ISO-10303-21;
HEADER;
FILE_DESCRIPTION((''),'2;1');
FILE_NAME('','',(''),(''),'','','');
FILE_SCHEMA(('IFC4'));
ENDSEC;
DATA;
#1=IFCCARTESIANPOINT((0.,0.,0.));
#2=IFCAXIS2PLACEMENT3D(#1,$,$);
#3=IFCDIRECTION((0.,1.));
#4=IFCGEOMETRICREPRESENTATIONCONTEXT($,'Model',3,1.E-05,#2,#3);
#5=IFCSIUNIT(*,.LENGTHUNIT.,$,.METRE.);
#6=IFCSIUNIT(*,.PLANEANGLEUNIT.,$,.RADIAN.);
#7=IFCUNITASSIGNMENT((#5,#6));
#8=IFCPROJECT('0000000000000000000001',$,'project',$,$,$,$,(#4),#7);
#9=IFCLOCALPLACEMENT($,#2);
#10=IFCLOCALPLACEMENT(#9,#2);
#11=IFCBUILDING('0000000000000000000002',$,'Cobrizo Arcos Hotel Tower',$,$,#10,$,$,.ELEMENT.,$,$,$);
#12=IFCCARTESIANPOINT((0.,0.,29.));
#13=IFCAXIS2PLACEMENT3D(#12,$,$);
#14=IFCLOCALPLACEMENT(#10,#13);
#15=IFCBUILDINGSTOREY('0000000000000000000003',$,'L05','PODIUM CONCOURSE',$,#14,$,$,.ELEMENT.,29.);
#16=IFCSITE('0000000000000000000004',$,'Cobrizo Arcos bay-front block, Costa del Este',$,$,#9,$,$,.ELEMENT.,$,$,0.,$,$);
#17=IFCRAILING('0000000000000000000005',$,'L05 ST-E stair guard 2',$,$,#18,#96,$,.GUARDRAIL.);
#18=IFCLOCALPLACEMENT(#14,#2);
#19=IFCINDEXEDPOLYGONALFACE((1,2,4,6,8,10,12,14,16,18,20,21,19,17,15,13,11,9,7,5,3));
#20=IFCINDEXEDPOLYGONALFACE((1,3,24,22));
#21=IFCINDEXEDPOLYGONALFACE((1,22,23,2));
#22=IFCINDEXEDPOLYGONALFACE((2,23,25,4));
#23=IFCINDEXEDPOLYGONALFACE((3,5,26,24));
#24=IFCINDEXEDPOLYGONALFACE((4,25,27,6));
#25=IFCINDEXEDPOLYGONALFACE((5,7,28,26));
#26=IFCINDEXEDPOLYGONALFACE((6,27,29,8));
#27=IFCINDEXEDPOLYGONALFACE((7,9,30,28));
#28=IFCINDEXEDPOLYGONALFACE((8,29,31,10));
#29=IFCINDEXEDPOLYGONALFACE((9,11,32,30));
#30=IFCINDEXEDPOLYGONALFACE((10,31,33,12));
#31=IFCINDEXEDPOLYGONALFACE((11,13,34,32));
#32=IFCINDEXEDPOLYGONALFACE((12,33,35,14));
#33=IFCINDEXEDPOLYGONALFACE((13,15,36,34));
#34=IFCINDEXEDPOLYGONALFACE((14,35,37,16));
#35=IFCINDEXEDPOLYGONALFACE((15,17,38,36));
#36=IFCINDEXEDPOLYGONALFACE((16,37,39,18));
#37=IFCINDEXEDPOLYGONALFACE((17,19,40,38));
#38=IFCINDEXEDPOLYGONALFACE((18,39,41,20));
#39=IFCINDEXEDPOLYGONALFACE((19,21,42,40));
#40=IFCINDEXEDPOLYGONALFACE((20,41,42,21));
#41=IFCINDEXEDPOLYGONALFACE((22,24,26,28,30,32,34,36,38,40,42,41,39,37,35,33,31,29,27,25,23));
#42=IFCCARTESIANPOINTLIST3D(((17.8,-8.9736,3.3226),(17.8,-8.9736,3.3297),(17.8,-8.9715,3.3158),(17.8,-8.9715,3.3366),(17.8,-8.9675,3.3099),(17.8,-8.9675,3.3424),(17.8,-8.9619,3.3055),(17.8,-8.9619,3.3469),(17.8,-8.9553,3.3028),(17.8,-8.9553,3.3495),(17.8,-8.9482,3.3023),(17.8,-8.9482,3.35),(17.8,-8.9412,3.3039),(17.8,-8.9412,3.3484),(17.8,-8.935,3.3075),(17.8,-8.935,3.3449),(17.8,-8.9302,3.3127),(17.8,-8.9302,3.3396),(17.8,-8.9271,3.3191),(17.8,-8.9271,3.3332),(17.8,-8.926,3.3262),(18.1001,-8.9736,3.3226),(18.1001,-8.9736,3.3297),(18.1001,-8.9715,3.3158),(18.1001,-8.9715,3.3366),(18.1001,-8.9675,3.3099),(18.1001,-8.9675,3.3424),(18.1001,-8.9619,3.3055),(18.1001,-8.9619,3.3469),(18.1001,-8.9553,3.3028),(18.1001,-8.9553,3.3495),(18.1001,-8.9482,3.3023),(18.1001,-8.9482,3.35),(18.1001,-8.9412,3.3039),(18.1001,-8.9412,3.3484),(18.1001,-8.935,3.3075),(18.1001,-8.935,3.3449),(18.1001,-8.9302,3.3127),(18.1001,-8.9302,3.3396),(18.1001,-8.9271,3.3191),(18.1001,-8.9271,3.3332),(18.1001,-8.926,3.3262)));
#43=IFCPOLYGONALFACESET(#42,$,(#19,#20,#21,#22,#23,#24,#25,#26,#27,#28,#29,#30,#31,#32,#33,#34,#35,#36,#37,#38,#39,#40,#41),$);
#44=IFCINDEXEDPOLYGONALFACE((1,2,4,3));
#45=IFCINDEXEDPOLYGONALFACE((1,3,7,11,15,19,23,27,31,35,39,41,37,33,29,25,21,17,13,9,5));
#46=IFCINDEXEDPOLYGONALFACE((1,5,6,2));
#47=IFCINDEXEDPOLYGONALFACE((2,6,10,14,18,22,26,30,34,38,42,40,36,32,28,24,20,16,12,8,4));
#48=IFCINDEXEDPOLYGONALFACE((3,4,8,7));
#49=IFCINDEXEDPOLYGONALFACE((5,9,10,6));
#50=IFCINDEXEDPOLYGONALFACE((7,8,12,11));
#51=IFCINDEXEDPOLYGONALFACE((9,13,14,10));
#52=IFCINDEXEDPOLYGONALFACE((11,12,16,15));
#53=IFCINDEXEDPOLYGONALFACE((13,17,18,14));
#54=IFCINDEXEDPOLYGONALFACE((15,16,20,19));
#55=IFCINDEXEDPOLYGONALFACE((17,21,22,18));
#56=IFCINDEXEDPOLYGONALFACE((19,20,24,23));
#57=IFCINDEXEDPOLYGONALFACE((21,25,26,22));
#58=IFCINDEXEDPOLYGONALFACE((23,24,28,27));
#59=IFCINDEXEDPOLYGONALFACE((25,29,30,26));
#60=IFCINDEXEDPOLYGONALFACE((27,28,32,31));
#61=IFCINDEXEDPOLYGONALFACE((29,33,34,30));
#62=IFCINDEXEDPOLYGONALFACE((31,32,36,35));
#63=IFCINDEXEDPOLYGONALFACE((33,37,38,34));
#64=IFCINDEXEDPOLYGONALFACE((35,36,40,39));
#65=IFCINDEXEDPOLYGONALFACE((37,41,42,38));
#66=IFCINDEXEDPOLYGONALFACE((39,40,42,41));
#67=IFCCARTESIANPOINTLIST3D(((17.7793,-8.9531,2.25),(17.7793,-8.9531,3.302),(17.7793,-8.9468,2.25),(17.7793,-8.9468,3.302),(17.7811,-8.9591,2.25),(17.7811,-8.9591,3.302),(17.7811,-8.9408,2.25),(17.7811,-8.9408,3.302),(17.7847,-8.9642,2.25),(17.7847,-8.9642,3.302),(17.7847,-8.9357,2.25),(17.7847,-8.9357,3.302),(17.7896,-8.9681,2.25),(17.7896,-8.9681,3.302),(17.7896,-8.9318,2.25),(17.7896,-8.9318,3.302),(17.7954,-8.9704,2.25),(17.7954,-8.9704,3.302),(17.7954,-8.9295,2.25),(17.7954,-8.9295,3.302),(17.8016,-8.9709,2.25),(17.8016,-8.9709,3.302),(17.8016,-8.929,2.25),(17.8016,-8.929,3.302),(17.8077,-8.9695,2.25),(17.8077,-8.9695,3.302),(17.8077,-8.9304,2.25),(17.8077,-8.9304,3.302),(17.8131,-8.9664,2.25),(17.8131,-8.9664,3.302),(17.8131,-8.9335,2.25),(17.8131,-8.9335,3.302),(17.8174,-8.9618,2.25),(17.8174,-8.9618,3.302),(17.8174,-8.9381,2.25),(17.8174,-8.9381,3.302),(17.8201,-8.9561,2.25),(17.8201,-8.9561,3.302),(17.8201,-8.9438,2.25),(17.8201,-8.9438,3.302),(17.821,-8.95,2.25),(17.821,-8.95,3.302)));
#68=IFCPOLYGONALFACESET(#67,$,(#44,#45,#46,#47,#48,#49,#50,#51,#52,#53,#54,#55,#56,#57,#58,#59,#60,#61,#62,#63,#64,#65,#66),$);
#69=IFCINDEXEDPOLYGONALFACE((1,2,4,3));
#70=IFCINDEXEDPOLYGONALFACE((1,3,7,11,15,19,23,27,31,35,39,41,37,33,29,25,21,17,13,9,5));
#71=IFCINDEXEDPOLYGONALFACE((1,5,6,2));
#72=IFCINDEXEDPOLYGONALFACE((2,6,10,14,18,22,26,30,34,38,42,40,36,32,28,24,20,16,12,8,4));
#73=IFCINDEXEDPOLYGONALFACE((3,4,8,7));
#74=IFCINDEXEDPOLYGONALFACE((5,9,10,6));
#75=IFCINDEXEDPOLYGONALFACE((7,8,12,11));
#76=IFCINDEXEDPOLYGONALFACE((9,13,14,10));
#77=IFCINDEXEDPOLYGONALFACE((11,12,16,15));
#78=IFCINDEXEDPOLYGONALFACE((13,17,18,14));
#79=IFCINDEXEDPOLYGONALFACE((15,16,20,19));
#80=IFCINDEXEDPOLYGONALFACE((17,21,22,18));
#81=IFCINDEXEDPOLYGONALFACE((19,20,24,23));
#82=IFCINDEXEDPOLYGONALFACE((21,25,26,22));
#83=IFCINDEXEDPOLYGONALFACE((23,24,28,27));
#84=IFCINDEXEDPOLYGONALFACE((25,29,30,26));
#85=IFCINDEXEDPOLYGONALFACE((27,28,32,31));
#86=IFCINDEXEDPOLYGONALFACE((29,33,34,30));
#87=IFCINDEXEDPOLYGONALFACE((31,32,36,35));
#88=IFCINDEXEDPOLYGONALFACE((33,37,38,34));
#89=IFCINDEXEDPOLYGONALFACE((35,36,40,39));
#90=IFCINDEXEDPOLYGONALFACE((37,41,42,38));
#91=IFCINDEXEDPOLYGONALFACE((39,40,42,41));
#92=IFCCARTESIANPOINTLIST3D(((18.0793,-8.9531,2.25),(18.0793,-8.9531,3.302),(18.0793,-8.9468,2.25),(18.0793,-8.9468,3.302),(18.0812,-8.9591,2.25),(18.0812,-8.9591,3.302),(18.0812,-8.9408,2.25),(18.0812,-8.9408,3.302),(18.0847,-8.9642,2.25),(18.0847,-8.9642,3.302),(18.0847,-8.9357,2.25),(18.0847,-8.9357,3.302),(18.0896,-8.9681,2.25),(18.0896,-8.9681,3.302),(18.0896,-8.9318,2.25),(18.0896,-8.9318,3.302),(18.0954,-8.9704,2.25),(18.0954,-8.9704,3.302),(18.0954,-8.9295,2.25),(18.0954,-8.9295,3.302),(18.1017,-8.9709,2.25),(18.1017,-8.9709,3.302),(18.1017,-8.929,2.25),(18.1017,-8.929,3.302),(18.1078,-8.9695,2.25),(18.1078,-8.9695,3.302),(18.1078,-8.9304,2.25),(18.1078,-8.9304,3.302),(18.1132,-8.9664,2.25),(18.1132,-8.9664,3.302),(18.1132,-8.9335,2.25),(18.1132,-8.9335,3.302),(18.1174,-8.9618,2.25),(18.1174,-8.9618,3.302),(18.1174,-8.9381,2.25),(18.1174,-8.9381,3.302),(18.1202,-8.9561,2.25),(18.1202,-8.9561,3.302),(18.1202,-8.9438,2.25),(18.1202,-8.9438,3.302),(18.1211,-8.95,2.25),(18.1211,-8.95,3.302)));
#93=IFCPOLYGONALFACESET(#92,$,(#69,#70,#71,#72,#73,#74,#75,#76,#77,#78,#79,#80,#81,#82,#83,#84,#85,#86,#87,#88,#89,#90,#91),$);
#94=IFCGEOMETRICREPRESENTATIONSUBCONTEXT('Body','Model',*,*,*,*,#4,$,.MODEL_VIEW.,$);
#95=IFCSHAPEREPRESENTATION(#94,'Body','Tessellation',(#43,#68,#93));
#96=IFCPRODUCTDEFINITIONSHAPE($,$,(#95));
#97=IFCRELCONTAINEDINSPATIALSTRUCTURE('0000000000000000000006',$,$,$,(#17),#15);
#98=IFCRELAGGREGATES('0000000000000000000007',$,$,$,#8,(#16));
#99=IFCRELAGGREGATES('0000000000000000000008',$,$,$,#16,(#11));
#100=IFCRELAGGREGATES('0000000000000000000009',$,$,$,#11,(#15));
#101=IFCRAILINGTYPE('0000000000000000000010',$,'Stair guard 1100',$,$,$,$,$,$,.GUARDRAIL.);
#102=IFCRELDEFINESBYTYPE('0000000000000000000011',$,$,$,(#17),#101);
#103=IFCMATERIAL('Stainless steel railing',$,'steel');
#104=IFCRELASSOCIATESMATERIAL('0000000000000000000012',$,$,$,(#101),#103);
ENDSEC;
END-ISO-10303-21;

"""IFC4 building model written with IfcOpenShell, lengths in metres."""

from ifc_helpers import new_model, si_unit, direction, frame, origin, origin_2d, place, context, subcontext, project, spatial, circle, extrude, material, type_object, element, save


model = new_model("IFC4")

# Units and contexts
model_context = context("Model", 3, precision=1e-05, world=origin(), true_north=direction((0.0, 1.0)))
body_context = subcontext(model_context, "Body", "Model", "MODEL_VIEW")
ifc_project = project(units=[si_unit("LENGTHUNIT", "METRE"), si_unit("PLANEANGLEUNIT", "RADIAN")], contexts=[model_context])

# Site, building, storey
site_placement = place(None, origin())
site = spatial("IfcSite", under=ifc_project, at=site_placement, Name="Cobrizo Arcos bay-front block, Costa del Este", CompositionType="ELEMENT", RefElevation=0.0)
building_placement = place(site_placement, origin())
building = spatial("IfcBuilding", under=site, at=building_placement, Name="Cobrizo Arcos Hotel Tower", CompositionType="ELEMENT")
storey_placement = place(building_placement, frame((0.0, 0.0, 29.0)))
storey = spatial("IfcBuildingStorey", under=building, at=storey_placement, Name="L05", Description="PODIUM CONCOURSE", CompositionType="ELEMENT", Elevation=29.0)

# Railing
ifc_material_1 = material(Name="Stainless steel railing", Category="steel")
railing_type_1 = type_object("IfcRailingType", Name="Stair guard 1100", PredefinedType="GUARDRAIL", material=ifc_material_1)
railing_1_placement = place(storey_placement, frame((17.8, -8.95, 2.25)))
element("IfcRailing", 1, at=railing_1_placement, inside=storey, type_object=railing_type_1, Name="L05 ST-E stair guard 2", PredefinedType="GUARDRAIL", context=body_context, shape_type="SweptSolid", body=[
    extrude(circle(Radius=0.0239, at=origin_2d()), frame((0.0, 0.0, 1.0762), z_axis=(1.0, 0.0, 0.0), x_axis=(0.0, 1.0, 0.0)), (0.0, 0.0, 1.0), 0.3),
    extrude(circle(Radius=0.021, at=origin_2d()), origin(), (0.0, 0.0, 1.0), 1.052),
    extrude(circle(Radius=0.021, at=origin_2d()), frame((0.3, 0.0, 0.0)), (0.0, 0.0, 1.0), 1.052),
])

save(model, "model.ifc")
